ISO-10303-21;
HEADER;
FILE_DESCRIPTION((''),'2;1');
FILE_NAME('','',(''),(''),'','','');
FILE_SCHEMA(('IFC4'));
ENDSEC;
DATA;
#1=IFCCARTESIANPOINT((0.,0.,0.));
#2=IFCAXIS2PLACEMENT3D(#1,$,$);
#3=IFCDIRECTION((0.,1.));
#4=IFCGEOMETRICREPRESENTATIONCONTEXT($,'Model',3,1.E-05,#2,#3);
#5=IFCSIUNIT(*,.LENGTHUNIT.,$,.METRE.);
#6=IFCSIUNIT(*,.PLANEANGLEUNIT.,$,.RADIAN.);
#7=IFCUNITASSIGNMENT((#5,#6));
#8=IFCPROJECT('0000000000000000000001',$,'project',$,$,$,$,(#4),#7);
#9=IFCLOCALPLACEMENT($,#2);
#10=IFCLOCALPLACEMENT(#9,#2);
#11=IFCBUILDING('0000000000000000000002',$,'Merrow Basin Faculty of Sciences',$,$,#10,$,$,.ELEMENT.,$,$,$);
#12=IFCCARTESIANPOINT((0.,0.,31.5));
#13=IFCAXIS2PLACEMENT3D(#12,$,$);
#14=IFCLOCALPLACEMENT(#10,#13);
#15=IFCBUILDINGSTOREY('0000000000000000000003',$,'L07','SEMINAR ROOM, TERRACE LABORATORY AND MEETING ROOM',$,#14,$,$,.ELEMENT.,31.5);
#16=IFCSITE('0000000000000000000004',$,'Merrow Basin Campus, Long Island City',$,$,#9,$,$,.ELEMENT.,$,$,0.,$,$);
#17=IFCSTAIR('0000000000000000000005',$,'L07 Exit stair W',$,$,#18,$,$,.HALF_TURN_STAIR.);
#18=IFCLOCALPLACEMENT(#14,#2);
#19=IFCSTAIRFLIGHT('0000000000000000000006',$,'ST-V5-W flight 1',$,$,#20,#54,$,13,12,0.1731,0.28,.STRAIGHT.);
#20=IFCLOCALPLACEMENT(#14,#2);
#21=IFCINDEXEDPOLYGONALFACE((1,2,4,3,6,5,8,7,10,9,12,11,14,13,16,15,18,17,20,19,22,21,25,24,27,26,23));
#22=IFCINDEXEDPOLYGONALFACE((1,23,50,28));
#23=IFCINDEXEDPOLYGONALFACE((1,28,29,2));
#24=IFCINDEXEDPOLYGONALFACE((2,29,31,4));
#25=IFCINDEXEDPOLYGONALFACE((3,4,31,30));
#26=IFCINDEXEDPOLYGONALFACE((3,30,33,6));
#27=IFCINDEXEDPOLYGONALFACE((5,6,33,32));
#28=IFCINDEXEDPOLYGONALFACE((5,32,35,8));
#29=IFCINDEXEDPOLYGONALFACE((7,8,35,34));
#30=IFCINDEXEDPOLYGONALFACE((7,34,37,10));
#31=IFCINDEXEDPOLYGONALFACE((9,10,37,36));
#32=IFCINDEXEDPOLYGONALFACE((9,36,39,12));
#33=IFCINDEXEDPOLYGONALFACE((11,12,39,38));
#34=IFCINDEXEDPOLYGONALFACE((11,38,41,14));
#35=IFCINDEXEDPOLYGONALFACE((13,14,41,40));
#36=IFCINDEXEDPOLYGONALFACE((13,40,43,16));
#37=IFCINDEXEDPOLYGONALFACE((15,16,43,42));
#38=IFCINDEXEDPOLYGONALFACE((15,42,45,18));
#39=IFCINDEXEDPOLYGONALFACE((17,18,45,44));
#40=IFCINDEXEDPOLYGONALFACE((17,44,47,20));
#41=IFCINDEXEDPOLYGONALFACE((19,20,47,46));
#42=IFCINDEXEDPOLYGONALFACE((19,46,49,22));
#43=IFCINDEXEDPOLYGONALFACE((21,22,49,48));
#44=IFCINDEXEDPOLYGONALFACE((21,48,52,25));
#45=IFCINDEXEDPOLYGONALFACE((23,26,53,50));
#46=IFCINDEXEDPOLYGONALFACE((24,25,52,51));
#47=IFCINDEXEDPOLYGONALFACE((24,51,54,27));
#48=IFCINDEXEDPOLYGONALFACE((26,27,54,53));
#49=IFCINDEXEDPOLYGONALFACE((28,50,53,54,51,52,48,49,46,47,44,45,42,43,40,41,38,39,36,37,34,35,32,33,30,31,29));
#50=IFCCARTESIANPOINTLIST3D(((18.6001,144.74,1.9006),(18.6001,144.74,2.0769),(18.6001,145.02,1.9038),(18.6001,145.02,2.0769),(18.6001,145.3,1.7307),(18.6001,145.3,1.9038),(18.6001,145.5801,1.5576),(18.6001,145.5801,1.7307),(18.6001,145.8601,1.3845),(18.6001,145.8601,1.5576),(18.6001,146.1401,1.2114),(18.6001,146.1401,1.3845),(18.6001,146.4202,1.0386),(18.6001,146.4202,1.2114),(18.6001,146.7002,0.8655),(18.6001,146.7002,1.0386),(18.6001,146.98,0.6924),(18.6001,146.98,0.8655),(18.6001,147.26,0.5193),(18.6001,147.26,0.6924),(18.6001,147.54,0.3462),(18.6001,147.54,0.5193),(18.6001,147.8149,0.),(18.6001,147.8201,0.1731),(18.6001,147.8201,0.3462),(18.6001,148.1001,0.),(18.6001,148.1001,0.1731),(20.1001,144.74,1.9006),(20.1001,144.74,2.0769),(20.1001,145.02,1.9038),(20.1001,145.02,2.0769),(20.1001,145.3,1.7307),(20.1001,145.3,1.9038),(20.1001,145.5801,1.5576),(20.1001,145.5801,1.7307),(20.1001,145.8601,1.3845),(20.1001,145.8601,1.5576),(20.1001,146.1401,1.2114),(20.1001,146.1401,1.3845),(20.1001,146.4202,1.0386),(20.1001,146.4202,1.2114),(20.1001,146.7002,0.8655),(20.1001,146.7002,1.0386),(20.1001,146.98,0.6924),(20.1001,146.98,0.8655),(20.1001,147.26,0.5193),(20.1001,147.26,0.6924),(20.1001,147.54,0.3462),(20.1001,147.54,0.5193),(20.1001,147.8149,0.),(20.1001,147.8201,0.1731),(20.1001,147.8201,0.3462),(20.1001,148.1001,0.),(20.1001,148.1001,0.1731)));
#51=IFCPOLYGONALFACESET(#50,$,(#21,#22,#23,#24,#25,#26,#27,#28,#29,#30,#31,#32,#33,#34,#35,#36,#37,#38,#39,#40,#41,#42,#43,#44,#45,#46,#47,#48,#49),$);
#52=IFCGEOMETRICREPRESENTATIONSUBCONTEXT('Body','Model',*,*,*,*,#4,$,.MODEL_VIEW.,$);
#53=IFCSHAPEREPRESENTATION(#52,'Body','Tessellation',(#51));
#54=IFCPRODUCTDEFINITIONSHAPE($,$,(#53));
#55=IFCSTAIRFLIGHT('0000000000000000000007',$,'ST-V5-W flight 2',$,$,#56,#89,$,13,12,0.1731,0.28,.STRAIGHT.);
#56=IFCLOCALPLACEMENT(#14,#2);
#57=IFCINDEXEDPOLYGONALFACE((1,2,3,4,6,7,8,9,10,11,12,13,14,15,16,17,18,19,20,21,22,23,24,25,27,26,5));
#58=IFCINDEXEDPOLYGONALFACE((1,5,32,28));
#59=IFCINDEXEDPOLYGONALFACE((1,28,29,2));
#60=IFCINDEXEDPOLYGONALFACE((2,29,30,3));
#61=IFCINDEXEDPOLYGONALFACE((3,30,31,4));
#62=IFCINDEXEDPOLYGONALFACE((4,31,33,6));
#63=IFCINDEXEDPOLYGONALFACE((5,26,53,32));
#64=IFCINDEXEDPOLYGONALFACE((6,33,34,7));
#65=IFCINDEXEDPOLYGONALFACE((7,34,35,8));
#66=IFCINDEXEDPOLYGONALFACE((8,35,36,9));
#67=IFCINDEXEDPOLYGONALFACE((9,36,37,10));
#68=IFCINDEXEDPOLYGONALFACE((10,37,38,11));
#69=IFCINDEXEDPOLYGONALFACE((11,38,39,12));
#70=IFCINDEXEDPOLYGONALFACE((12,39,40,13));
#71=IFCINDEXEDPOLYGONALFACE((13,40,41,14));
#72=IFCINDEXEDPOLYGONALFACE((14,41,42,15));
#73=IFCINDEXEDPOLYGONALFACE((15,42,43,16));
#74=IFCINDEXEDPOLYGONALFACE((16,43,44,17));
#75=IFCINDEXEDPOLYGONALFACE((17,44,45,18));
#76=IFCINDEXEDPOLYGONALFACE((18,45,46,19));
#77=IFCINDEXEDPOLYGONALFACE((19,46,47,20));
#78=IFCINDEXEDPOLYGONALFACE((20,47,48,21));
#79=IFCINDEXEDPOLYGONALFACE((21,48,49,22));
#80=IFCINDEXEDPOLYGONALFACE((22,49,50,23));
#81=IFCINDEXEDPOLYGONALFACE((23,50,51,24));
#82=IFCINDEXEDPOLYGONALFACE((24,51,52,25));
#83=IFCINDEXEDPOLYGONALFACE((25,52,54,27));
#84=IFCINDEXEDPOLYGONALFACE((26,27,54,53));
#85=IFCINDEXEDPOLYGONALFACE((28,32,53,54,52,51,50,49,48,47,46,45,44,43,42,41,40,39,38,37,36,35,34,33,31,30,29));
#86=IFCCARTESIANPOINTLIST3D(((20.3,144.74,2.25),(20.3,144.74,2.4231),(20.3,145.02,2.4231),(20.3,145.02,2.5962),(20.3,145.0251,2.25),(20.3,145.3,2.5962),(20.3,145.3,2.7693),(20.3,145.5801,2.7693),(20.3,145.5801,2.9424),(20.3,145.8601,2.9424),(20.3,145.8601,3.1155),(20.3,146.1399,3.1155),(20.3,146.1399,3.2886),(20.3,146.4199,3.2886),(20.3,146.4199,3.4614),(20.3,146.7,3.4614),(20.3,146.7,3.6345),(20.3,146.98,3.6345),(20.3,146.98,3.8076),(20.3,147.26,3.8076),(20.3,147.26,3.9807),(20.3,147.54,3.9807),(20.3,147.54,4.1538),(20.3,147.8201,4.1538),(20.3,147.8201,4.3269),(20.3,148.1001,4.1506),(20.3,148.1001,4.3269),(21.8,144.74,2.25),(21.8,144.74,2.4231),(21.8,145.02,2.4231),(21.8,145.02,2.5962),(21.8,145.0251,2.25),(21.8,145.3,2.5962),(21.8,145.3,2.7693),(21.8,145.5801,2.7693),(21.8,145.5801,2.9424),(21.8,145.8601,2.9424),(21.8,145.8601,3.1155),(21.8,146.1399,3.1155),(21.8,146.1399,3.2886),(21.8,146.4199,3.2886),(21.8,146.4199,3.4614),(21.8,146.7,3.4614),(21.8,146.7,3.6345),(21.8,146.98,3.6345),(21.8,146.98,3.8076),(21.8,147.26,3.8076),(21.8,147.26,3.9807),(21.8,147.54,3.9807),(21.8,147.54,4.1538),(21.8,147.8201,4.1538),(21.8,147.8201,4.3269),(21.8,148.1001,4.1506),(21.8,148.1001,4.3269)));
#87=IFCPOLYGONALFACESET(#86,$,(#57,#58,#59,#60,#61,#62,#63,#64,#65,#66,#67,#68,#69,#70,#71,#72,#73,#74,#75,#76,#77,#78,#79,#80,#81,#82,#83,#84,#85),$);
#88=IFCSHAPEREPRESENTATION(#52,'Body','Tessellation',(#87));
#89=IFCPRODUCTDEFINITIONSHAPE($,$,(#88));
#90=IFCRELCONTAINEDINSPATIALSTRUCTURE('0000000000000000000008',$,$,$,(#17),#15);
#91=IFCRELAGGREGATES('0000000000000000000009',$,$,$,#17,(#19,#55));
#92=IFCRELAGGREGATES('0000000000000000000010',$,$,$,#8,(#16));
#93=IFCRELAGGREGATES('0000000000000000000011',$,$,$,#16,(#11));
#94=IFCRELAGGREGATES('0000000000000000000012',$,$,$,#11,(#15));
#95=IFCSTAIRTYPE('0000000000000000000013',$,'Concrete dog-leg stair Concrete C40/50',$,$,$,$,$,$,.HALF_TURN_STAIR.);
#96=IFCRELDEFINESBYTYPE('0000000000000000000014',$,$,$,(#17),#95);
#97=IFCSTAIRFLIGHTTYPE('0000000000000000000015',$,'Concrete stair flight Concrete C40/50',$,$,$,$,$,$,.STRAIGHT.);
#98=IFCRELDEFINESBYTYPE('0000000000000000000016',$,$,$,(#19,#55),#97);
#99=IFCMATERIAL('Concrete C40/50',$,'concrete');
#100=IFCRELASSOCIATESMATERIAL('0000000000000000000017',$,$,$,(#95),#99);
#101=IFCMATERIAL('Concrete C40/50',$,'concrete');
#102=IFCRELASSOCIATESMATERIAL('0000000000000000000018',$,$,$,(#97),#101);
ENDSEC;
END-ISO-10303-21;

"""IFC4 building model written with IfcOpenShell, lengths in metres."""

from ifc_helpers import new_model, si_unit, direction, frame, origin, place, context, subcontext, project, spatial, polyline, outline, extrude, material, type_object, element, aggregate, save


model = new_model("IFC4")

# Units and contexts
model_context = context("Model", 3, precision=1e-05, world=origin(), true_north=direction((0.0, 1.0)))
body_context = subcontext(model_context, "Body", "Model", "MODEL_VIEW")
ifc_project = project(units=[si_unit("LENGTHUNIT", "METRE"), si_unit("PLANEANGLEUNIT", "RADIAN")], contexts=[model_context])

# Site, building, storey
site_placement = place(None, origin())
site = spatial("IfcSite", under=ifc_project, at=site_placement, Name="Merrow Basin Campus, Long Island City", CompositionType="ELEMENT", RefElevation=0.0)
building_placement = place(site_placement, origin())
building = spatial("IfcBuilding", under=site, at=building_placement, Name="Merrow Basin Faculty of Sciences", CompositionType="ELEMENT")
storey_placement = place(building_placement, frame((0.0, 0.0, 31.5)))
storey = spatial("IfcBuildingStorey", under=building, at=storey_placement, Name="L07", Description="SEMINAR ROOM, TERRACE LABORATORY AND MEETING ROOM", CompositionType="ELEMENT", Elevation=31.5)

# Stair, stair flights
ifc_material_1 = material(Name="Concrete C40/50", Category="concrete")
stair_type = type_object("IfcStairType", Name="Concrete dog-leg stair Concrete C40/50", PredefinedType="HALF_TURN_STAIR", material=ifc_material_1)
stair_placement = place(storey_placement, origin())
stair = element("IfcStair", 1, at=stair_placement, inside=storey, type_object=stair_type, Name="L07 Exit stair W", PredefinedType="HALF_TURN_STAIR")
ifc_material_2 = material(Name="Concrete C40/50", Category="concrete")
stair_flight_type = type_object("IfcStairFlightType", Name="Concrete stair flight Concrete C40/50", PredefinedType="STRAIGHT", material=ifc_material_2)
stair_flight_1_placement = place(storey_placement, frame((19.3501, 148.1001, 0.0), z_axis=(0.0, 0.0, 1.0), x_axis=(0.0, -1.0, 0.0)))
stair_flight_1 = element("IfcStairFlight", 2, at=stair_flight_1_placement, type_object=stair_flight_type, Name="ST-V5-W flight 1", NumberOfRisers=13, NumberOfTreads=12, PredefinedType="STRAIGHT", RiserHeight=0.1731, TreadLength=0.28, context=body_context, shape_type="SweptSolid", body=[
    extrude(outline(polyline([(0.0, 0.0), (0.0, 0.1731), (0.28, 0.1731), (0.28, 0.3462), (0.5601, 0.3462), (0.5601, 0.5193), (0.8401, 0.5193), (0.8401, 0.6924), (1.1201, 0.6924), (1.1201, 0.8655), (1.3999, 0.8655), (1.3999, 1.0386), (1.6799, 1.0386), (1.6799, 1.2114), (1.96, 1.2114), (1.96, 1.3845), (2.24, 1.3845), (2.24, 1.5576), (2.52, 1.5576), (2.52, 1.7307), (2.8, 1.7307), (2.8, 1.9038), (3.0801, 1.9038), (3.0801, 2.0769), (3.3601, 2.0769), (3.3601, 2.25), (3.3601, 1.9006), (0.2852, 0.0), (0.0, 0.0)])), frame((0.0, 0.75, 0.0), z_axis=(0.0, -1.0, 0.0), x_axis=(1.0, 0.0, 0.0)), (0.0, 0.0, 1.0), 1.5),
])
stair_flight_2_placement = place(storey_placement, frame((21.05, 144.74, 2.25), z_axis=(0.0, 0.0, 1.0), x_axis=(0.0, 1.0, 0.0)))
stair_flight_2 = element("IfcStairFlight", 3, at=stair_flight_2_placement, type_object=stair_flight_type, Name="ST-V5-W flight 2", NumberOfRisers=13, NumberOfTreads=12, PredefinedType="STRAIGHT", RiserHeight=0.1731, TreadLength=0.28, context=body_context, shape_type="SweptSolid", body=[
    extrude(outline(polyline([(0.0, 0.0), (0.0, 0.1731), (0.28, 0.1731), (0.28, 0.3462), (0.5601, 0.3462), (0.5601, 0.5193), (0.8401, 0.5193), (0.8401, 0.6924), (1.1201, 0.6924), (1.1201, 0.8655), (1.3999, 0.8655), (1.3999, 1.0386), (1.6799, 1.0386), (1.6799, 1.2114), (1.96, 1.2114), (1.96, 1.3845), (2.24, 1.3845), (2.24, 1.5576), (2.52, 1.5576), (2.52, 1.7307), (2.8, 1.7307), (2.8, 1.9038), (3.0801, 1.9038), (3.0801, 2.0769), (3.3601, 2.0769), (3.3601, 2.25), (3.3601, 1.9006), (0.2852, 0.0), (0.0, 0.0)])), frame((0.0, 0.75, 0.0), z_axis=(0.0, -1.0, 0.0), x_axis=(1.0, 0.0, 0.0)), (0.0, 0.0, 1.0), 1.5),
])
aggregate(stair, [stair_flight_1, stair_flight_2])

save(model, "model.ifc")
